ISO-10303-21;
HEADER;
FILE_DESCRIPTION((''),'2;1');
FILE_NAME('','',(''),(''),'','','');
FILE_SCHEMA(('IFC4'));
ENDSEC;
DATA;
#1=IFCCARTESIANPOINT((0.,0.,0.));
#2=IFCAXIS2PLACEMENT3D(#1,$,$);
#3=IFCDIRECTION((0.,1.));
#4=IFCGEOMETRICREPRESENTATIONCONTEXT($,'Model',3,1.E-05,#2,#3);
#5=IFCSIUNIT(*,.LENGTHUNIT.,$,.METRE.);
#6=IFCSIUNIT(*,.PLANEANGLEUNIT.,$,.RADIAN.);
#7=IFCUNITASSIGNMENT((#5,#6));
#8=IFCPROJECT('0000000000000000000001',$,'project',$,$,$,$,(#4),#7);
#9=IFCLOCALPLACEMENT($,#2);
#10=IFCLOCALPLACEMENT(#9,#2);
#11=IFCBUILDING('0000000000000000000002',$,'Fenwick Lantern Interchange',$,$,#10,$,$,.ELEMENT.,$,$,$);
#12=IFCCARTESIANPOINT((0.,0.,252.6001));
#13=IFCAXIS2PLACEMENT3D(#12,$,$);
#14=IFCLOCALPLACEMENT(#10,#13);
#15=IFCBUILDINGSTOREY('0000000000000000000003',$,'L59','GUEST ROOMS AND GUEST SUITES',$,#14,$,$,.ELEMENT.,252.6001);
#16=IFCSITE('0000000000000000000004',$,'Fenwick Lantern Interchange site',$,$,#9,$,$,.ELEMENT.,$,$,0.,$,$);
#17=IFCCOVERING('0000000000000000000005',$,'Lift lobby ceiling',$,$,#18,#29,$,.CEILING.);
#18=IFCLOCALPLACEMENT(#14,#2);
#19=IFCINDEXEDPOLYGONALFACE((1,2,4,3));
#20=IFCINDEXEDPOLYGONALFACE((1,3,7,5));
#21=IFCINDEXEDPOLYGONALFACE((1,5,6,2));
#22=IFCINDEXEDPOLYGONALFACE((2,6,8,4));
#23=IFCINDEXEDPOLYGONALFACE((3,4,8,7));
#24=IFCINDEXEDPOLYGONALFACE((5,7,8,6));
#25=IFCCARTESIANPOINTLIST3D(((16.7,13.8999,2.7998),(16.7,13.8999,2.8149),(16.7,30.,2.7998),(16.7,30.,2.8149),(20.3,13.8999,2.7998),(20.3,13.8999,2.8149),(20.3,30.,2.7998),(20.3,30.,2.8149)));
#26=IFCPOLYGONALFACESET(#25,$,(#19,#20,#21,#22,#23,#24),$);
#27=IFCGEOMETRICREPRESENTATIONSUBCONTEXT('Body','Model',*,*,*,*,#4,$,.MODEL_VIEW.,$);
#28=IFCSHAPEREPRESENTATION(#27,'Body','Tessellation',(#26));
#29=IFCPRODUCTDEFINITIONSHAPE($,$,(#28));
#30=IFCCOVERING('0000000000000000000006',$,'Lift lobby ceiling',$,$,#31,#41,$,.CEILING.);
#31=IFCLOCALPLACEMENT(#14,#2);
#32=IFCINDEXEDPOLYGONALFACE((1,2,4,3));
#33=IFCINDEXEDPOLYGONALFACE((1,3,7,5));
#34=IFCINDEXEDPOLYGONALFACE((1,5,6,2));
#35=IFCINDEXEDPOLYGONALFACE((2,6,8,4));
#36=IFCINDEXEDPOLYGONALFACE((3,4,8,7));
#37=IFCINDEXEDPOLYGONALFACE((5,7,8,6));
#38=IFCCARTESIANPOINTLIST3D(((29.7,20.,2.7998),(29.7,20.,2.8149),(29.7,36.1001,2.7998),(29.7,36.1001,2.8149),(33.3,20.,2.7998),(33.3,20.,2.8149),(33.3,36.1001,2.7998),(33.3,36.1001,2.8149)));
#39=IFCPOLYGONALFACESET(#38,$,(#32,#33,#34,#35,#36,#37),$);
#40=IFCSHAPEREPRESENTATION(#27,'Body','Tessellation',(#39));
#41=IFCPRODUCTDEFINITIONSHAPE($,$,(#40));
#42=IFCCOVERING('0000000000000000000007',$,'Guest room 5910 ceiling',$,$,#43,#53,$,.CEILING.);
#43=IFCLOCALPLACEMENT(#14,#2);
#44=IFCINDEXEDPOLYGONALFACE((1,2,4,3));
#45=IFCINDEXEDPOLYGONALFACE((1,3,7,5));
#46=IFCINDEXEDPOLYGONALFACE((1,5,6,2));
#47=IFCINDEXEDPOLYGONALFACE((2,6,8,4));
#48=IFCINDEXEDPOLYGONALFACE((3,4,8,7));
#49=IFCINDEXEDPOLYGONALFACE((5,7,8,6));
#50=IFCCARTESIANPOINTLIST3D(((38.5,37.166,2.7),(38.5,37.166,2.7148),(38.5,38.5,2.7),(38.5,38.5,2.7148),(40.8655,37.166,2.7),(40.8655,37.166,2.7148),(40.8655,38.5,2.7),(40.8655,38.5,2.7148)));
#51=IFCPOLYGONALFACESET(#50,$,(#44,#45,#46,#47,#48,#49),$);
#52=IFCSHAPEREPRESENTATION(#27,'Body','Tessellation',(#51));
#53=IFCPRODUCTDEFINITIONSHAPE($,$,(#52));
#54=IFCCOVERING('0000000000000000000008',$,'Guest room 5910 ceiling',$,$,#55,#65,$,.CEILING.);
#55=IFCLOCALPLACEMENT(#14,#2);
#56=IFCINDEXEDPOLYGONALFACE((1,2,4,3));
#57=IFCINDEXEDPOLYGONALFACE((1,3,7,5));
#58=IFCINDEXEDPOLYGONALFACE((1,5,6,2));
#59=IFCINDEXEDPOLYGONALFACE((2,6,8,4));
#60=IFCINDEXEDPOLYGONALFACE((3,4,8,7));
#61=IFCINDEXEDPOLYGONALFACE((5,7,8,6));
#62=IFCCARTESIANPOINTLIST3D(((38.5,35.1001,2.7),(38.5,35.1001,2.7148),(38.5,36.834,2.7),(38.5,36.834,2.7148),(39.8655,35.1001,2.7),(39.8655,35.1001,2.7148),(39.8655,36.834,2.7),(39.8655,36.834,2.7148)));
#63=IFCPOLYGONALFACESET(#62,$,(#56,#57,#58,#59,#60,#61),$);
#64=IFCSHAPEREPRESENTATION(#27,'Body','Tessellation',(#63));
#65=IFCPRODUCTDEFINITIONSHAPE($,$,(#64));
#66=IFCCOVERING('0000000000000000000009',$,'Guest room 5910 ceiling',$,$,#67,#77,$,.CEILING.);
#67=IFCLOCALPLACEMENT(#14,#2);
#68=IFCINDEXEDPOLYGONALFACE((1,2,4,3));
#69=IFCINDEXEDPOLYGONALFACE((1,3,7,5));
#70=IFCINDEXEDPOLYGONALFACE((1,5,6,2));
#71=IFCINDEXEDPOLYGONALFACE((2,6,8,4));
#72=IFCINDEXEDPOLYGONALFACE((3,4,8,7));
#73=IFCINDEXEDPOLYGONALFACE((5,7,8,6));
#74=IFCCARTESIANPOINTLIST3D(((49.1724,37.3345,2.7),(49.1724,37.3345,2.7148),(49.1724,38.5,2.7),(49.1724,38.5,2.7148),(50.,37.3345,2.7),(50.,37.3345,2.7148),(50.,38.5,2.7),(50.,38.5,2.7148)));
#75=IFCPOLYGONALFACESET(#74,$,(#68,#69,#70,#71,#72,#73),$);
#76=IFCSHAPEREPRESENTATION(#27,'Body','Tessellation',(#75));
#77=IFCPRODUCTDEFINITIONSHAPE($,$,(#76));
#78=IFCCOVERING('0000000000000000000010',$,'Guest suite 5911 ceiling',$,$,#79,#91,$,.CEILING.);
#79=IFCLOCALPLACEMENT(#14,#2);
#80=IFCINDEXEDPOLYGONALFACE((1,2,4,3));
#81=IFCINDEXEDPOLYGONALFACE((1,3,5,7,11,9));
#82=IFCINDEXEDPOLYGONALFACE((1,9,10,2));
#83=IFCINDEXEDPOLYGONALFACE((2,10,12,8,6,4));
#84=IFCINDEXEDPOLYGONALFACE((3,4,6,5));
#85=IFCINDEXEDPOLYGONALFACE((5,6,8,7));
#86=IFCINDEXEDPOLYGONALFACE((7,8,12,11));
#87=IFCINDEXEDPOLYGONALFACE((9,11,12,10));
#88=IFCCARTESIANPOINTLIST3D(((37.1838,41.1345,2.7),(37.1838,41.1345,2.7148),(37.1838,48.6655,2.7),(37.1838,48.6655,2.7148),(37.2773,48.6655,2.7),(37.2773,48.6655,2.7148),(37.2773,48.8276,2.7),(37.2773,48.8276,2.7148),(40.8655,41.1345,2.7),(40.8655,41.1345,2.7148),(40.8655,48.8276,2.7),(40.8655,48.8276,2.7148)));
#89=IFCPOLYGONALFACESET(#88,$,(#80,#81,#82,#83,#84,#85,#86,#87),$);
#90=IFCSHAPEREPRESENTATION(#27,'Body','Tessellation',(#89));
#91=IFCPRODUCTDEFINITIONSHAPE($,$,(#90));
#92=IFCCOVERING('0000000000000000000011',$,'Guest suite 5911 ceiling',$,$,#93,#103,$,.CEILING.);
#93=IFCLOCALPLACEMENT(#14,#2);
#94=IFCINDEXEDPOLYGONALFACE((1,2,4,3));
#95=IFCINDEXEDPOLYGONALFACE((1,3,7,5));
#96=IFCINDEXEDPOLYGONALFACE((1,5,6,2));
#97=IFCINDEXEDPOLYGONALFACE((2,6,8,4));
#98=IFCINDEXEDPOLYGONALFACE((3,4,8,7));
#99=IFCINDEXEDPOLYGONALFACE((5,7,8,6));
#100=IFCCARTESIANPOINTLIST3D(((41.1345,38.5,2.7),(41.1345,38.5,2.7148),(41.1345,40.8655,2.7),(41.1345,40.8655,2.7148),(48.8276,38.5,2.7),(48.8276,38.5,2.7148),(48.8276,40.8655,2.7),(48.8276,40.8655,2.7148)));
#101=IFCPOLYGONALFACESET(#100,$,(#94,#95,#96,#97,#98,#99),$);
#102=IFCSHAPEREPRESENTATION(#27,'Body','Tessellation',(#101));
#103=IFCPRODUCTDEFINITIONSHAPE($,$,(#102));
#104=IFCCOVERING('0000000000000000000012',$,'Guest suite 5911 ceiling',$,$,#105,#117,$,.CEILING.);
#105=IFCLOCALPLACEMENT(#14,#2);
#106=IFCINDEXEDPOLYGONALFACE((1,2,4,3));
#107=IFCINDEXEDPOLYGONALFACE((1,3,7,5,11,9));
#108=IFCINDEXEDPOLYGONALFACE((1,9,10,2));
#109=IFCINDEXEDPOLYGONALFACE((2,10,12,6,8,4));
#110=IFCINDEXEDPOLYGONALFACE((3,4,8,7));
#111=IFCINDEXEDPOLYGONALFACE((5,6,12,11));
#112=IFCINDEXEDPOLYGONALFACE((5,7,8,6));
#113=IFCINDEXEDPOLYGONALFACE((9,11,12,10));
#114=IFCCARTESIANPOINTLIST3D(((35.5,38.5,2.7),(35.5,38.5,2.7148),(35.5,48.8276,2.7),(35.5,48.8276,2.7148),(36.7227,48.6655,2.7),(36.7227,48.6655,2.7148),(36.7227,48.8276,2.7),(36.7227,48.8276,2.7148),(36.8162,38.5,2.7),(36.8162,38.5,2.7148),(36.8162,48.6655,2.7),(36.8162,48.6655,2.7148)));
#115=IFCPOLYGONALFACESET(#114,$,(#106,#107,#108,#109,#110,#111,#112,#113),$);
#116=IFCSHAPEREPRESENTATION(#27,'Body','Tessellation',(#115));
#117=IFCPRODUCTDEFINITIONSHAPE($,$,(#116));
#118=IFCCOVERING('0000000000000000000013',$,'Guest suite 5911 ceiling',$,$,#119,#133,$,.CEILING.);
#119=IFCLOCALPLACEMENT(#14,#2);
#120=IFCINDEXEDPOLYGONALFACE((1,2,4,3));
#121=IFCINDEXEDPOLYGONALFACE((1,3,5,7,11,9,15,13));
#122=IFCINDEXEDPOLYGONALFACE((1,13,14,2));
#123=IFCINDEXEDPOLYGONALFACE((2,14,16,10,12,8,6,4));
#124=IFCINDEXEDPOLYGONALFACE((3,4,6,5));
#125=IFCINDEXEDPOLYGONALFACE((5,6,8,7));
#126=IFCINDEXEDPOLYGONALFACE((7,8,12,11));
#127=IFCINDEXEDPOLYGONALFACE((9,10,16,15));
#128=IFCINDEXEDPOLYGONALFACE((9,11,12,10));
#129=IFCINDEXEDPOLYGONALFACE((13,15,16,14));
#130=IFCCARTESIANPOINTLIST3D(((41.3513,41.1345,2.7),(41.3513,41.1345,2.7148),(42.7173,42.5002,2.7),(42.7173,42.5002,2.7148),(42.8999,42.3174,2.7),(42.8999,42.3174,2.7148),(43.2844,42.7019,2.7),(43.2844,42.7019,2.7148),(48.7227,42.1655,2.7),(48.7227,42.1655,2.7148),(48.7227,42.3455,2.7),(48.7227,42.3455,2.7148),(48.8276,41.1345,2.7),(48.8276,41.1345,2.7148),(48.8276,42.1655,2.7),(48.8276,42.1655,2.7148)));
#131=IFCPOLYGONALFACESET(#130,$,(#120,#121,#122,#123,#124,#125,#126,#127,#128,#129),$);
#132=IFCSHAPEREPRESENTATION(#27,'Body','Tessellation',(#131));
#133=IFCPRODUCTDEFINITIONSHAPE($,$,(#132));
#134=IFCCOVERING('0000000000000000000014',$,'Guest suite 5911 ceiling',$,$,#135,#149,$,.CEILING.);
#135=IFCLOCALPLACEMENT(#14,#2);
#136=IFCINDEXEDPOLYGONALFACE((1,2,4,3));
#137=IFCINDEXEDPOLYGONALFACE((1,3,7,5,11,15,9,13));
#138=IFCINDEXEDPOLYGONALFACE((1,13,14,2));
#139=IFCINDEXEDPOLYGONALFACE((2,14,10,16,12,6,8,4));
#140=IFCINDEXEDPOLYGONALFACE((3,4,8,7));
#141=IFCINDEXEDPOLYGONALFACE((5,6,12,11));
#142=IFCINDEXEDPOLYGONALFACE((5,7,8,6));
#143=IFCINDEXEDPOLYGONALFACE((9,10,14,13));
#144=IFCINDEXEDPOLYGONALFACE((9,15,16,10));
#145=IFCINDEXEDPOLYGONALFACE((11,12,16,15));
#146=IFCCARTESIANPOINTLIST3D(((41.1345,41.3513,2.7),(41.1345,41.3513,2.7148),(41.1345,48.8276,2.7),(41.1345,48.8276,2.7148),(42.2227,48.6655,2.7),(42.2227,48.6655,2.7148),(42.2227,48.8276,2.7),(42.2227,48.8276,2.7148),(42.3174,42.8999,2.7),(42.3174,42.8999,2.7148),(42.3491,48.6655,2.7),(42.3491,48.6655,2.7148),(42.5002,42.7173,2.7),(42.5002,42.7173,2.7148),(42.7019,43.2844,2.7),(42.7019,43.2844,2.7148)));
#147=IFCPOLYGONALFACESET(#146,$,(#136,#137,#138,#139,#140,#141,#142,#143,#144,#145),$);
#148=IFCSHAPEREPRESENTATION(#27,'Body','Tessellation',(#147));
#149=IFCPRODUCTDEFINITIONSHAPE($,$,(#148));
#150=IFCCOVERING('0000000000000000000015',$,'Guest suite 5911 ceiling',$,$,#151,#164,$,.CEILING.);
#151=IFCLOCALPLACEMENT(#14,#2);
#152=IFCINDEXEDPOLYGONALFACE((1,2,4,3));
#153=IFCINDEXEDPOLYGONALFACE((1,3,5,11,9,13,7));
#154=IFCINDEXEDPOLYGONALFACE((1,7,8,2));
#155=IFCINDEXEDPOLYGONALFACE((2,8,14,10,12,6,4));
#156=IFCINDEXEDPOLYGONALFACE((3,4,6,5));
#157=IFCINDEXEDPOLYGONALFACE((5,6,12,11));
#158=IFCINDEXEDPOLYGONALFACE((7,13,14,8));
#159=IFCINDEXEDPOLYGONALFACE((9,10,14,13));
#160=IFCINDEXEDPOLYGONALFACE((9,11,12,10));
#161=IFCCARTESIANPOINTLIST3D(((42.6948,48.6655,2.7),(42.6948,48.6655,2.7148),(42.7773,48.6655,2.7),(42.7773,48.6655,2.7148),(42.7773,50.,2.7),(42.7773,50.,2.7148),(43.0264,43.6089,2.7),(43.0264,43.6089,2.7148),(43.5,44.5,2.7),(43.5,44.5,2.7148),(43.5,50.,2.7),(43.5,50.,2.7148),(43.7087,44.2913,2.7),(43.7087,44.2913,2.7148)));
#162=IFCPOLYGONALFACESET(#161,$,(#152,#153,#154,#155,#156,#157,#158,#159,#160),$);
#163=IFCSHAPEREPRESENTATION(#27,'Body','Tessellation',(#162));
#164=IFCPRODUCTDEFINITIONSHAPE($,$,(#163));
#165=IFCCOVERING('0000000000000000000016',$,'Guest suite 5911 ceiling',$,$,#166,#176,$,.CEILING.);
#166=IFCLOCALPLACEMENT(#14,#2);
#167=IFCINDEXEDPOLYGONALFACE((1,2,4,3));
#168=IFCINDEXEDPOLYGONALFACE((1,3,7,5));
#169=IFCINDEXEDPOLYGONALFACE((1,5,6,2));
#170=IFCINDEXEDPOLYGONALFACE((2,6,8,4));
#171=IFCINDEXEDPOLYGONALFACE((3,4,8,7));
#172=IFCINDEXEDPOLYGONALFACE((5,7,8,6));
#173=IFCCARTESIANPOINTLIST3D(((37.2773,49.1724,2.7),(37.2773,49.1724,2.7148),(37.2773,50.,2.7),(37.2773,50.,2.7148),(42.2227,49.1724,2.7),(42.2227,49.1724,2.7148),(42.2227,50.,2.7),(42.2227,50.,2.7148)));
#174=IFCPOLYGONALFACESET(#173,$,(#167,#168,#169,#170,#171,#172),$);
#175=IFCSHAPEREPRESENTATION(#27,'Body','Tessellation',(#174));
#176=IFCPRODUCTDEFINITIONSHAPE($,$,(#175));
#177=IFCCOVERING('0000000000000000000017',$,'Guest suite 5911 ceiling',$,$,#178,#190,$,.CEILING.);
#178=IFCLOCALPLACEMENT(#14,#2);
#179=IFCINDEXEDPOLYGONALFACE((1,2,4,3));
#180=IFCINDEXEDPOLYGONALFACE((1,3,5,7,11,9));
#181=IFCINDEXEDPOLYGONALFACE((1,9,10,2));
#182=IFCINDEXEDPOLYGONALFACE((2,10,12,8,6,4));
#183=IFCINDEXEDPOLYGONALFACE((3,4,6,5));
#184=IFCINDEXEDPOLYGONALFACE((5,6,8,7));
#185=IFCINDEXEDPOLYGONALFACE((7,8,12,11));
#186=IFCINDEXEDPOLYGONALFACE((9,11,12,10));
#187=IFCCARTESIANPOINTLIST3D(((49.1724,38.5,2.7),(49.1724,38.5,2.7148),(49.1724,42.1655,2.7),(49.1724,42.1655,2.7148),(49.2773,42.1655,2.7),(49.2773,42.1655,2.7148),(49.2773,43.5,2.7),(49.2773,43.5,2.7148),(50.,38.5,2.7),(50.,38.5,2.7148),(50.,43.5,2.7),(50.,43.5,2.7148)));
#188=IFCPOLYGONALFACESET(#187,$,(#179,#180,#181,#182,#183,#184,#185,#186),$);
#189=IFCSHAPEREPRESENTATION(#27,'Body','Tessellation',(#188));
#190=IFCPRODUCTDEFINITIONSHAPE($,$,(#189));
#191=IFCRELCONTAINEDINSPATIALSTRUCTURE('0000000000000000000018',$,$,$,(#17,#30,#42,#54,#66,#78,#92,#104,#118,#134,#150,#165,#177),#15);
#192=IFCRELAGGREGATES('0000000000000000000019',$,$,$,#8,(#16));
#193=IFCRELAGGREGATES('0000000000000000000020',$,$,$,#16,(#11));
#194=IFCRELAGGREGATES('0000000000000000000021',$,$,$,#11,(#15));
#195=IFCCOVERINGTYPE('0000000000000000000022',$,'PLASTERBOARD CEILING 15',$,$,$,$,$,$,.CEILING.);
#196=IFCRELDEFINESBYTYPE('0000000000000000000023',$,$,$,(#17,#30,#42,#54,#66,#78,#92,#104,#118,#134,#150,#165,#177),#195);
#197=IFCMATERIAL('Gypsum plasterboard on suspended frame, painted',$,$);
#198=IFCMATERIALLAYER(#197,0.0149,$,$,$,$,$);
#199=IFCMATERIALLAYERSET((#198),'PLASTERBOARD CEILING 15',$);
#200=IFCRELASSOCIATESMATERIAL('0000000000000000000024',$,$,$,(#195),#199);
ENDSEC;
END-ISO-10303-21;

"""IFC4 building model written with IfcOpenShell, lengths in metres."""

from ifc_helpers import new_model, si_unit, direction, frame, origin, place, context, subcontext, project, spatial, polyline, outline, extrude, material, layer, layer_set, type_object, element, save


model = new_model("IFC4")

# Units and contexts
model_context = context("Model", 3, precision=1e-05, world=origin(), true_north=direction((0.0, 1.0)))
body_context = subcontext(model_context, "Body", "Model", "MODEL_VIEW")
ifc_project = project(units=[si_unit("LENGTHUNIT", "METRE"), si_unit("PLANEANGLEUNIT", "RADIAN")], contexts=[model_context])

# Site, building, storey
site_placement = place(None, origin())
site = spatial("IfcSite", under=ifc_project, at=site_placement, Name="Fenwick Lantern Interchange site", CompositionType="ELEMENT", RefElevation=0.0)
building_placement = place(site_placement, origin())
building = spatial("IfcBuilding", under=site, at=building_placement, Name="Fenwick Lantern Interchange", CompositionType="ELEMENT")
storey_placement = place(building_placement, frame((0.0, 0.0, 252.6001)))
storey = spatial("IfcBuildingStorey", under=building, at=storey_placement, Name="L59", Description="GUEST ROOMS AND GUEST SUITES", CompositionType="ELEMENT", Elevation=252.6001)

# Coverings
ifc_material = material(Name="Gypsum plasterboard on suspended frame, painted")
ifc_layer = layer(ifc_material, 0.0149)
ifc_layer_set = layer_set([ifc_layer], Name="PLASTERBOARD CEILING 15")
covering_type = type_object("IfcCoveringType", Name="PLASTERBOARD CEILING 15", PredefinedType="CEILING", material=ifc_layer_set)
covering_1_placement = place(storey_placement, frame((0.0, 0.0, 2.7998)))
element("IfcCovering", 1, at=covering_1_placement, inside=storey, type_object=covering_type, Name="Lift lobby ceiling", PredefinedType="CEILING", context=body_context, shape_type="SweptSolid", body=[
    extrude(outline(polyline([(16.7, 13.8999), (20.3, 13.8999), (20.3, 30.0), (16.7, 30.0), (16.7, 13.8999)])), origin(), (0.0, 0.0, 1.0), 0.0151),
])
covering_2_placement = place(storey_placement, frame((0.0, 0.0, 2.7998)))
element("IfcCovering", 2, at=covering_2_placement, inside=storey, type_object=covering_type, Name="Lift lobby ceiling", PredefinedType="CEILING", context=body_context, shape_type="SweptSolid", body=[
    extrude(outline(polyline([(33.3, 36.1001), (29.7, 36.1001), (29.7, 20.0), (33.3, 20.0), (33.3, 36.1001)])), origin(), (0.0, 0.0, 1.0), 0.0151),
])
covering_3_placement = place(storey_placement, frame((0.0, 0.0, 2.7)))
element("IfcCovering", 3, at=covering_3_placement, inside=storey, type_object=covering_type, Name="Guest room 5910 ceiling", PredefinedType="CEILING", context=body_context, shape_type="SweptSolid", body=[
    extrude(outline(polyline([(38.5, 38.5), (38.5, 37.166), (40.8655, 37.166), (40.8655, 38.5), (38.5, 38.5)])), origin(), (0.0, 0.0, 1.0), 0.0149),
])
covering_4_placement = place(storey_placement, frame((0.0, 0.0, 2.7)))
element("IfcCovering", 4, at=covering_4_placement, inside=storey, type_object=covering_type, Name="Guest room 5910 ceiling", PredefinedType="CEILING", context=body_context, shape_type="SweptSolid", body=[
    extrude(outline(polyline([(38.5, 35.1001), (39.8655, 35.1001), (39.8655, 36.834), (38.5, 36.834), (38.5, 35.1001)])), origin(), (0.0, 0.0, 1.0), 0.0149),
])
covering_5_placement = place(storey_placement, frame((0.0, 0.0, 2.7)))
element("IfcCovering", 5, at=covering_5_placement, inside=storey, type_object=covering_type, Name="Guest room 5910 ceiling", PredefinedType="CEILING", context=body_context, shape_type="SweptSolid", body=[
    extrude(outline(polyline([(50.0, 37.3345), (50.0, 38.5), (49.1724, 38.5), (49.1724, 37.3345), (50.0, 37.3345)])), origin(), (0.0, 0.0, 1.0), 0.0149),
])
covering_6_placement = place(storey_placement, frame((0.0, 0.0, 2.7)))
element("IfcCovering", 6, at=covering_6_placement, inside=storey, type_object=covering_type, Name="Guest suite 5911 ceiling", PredefinedType="CEILING", context=body_context, shape_type="SweptSolid", body=[
    extrude(outline(polyline([(37.2773, 48.6655), (37.1838, 48.6655), (37.1838, 41.1345), (40.8655, 41.1345), (40.8655, 48.8276), (37.2773, 48.8276), (37.2773, 48.6655)])), origin(), (0.0, 0.0, 1.0), 0.0149),
])
covering_7_placement = place(storey_placement, frame((0.0, 0.0, 2.7)))
element("IfcCovering", 7, at=covering_7_placement, inside=storey, type_object=covering_type, Name="Guest suite 5911 ceiling", PredefinedType="CEILING", context=body_context, shape_type="SweptSolid", body=[
    extrude(outline(polyline([(41.1345, 38.5), (48.8276, 38.5), (48.8276, 40.8655), (41.1345, 40.8655), (41.1345, 38.5)])), origin(), (0.0, 0.0, 1.0), 0.0149),
])
covering_8_placement = place(storey_placement, frame((0.0, 0.0, 2.7)))
element("IfcCovering", 8, at=covering_8_placement, inside=storey, type_object=covering_type, Name="Guest suite 5911 ceiling", PredefinedType="CEILING", context=body_context, shape_type="SweptSolid", body=[
    extrude(outline(polyline([(35.5, 38.5), (36.8162, 38.5), (36.8162, 48.6655), (36.7227, 48.6655), (36.7227, 48.8276), (35.5, 48.8276), (35.5, 38.5)])), origin(), (0.0, 0.0, 1.0), 0.0149),
])
covering_9_placement = place(storey_placement, frame((0.0, 0.0, 2.7)))
element("IfcCovering", 9, at=covering_9_placement, inside=storey, type_object=covering_type, Name="Guest suite 5911 ceiling", PredefinedType="CEILING", context=body_context, shape_type="SweptSolid", body=[
    extrude(outline(polyline([(42.8999, 42.3174), (42.7173, 42.5002), (41.3513, 41.1345), (48.8276, 41.1345), (48.8276, 42.1655), (48.7227, 42.1655), (48.7227, 42.3455), (43.2844, 42.7019), (42.8999, 42.3174)])), origin(), (0.0, 0.0, 1.0), 0.0149),
])
covering_10_placement = place(storey_placement, frame((0.0, 0.0, 2.7)))
element("IfcCovering", 10, at=covering_10_placement, inside=storey, type_object=covering_type, Name="Guest suite 5911 ceiling", PredefinedType="CEILING", context=body_context, shape_type="SweptSolid", body=[
    extrude(outline(polyline([(42.2227, 48.6655), (42.2227, 48.8276), (41.1345, 48.8276), (41.1345, 41.3513), (42.5002, 42.7173), (42.3174, 42.8999), (42.7019, 43.2844), (42.3491, 48.6655), (42.2227, 48.6655)])), origin(), (0.0, 0.0, 1.0), 0.0149),
])
covering_11_placement = place(storey_placement, frame((0.0, 0.0, 2.7)))
element("IfcCovering", 11, at=covering_11_placement, inside=storey, type_object=covering_type, Name="Guest suite 5911 ceiling", PredefinedType="CEILING", context=body_context, shape_type="SweptSolid", body=[
    extrude(outline(polyline([(42.7773, 48.6655), (42.6948, 48.6655), (43.0264, 43.6089), (43.7087, 44.2913), (43.5, 44.5), (43.5, 50.0), (42.7773, 50.0), (42.7773, 48.6655)])), origin(), (0.0, 0.0, 1.0), 0.0149),
])
covering_12_placement = place(storey_placement, frame((0.0, 0.0, 2.7)))
element("IfcCovering", 12, at=covering_12_placement, inside=storey, type_object=covering_type, Name="Guest suite 5911 ceiling", PredefinedType="CEILING", context=body_context, shape_type="SweptSolid", body=[
    extrude(outline(polyline([(37.2773, 50.0), (37.2773, 49.1724), (42.2227, 49.1724), (42.2227, 50.0), (37.2773, 50.0)])), origin(), (0.0, 0.0, 1.0), 0.0149),
])
covering_13_placement = place(storey_placement, frame((0.0, 0.0, 2.7)))
element("IfcCovering", 13, at=covering_13_placement, inside=storey, type_object=covering_type, Name="Guest suite 5911 ceiling", PredefinedType="CEILING", context=body_context, shape_type="SweptSolid", body=[
    extrude(outline(polyline([(49.2773, 43.5), (49.2773, 42.1655), (49.1724, 42.1655), (49.1724, 38.5), (50.0, 38.5), (50.0, 43.5), (49.2773, 43.5)])), origin(), (0.0, 0.0, 1.0), 0.0149),
])

save(model, "model.ifc")
